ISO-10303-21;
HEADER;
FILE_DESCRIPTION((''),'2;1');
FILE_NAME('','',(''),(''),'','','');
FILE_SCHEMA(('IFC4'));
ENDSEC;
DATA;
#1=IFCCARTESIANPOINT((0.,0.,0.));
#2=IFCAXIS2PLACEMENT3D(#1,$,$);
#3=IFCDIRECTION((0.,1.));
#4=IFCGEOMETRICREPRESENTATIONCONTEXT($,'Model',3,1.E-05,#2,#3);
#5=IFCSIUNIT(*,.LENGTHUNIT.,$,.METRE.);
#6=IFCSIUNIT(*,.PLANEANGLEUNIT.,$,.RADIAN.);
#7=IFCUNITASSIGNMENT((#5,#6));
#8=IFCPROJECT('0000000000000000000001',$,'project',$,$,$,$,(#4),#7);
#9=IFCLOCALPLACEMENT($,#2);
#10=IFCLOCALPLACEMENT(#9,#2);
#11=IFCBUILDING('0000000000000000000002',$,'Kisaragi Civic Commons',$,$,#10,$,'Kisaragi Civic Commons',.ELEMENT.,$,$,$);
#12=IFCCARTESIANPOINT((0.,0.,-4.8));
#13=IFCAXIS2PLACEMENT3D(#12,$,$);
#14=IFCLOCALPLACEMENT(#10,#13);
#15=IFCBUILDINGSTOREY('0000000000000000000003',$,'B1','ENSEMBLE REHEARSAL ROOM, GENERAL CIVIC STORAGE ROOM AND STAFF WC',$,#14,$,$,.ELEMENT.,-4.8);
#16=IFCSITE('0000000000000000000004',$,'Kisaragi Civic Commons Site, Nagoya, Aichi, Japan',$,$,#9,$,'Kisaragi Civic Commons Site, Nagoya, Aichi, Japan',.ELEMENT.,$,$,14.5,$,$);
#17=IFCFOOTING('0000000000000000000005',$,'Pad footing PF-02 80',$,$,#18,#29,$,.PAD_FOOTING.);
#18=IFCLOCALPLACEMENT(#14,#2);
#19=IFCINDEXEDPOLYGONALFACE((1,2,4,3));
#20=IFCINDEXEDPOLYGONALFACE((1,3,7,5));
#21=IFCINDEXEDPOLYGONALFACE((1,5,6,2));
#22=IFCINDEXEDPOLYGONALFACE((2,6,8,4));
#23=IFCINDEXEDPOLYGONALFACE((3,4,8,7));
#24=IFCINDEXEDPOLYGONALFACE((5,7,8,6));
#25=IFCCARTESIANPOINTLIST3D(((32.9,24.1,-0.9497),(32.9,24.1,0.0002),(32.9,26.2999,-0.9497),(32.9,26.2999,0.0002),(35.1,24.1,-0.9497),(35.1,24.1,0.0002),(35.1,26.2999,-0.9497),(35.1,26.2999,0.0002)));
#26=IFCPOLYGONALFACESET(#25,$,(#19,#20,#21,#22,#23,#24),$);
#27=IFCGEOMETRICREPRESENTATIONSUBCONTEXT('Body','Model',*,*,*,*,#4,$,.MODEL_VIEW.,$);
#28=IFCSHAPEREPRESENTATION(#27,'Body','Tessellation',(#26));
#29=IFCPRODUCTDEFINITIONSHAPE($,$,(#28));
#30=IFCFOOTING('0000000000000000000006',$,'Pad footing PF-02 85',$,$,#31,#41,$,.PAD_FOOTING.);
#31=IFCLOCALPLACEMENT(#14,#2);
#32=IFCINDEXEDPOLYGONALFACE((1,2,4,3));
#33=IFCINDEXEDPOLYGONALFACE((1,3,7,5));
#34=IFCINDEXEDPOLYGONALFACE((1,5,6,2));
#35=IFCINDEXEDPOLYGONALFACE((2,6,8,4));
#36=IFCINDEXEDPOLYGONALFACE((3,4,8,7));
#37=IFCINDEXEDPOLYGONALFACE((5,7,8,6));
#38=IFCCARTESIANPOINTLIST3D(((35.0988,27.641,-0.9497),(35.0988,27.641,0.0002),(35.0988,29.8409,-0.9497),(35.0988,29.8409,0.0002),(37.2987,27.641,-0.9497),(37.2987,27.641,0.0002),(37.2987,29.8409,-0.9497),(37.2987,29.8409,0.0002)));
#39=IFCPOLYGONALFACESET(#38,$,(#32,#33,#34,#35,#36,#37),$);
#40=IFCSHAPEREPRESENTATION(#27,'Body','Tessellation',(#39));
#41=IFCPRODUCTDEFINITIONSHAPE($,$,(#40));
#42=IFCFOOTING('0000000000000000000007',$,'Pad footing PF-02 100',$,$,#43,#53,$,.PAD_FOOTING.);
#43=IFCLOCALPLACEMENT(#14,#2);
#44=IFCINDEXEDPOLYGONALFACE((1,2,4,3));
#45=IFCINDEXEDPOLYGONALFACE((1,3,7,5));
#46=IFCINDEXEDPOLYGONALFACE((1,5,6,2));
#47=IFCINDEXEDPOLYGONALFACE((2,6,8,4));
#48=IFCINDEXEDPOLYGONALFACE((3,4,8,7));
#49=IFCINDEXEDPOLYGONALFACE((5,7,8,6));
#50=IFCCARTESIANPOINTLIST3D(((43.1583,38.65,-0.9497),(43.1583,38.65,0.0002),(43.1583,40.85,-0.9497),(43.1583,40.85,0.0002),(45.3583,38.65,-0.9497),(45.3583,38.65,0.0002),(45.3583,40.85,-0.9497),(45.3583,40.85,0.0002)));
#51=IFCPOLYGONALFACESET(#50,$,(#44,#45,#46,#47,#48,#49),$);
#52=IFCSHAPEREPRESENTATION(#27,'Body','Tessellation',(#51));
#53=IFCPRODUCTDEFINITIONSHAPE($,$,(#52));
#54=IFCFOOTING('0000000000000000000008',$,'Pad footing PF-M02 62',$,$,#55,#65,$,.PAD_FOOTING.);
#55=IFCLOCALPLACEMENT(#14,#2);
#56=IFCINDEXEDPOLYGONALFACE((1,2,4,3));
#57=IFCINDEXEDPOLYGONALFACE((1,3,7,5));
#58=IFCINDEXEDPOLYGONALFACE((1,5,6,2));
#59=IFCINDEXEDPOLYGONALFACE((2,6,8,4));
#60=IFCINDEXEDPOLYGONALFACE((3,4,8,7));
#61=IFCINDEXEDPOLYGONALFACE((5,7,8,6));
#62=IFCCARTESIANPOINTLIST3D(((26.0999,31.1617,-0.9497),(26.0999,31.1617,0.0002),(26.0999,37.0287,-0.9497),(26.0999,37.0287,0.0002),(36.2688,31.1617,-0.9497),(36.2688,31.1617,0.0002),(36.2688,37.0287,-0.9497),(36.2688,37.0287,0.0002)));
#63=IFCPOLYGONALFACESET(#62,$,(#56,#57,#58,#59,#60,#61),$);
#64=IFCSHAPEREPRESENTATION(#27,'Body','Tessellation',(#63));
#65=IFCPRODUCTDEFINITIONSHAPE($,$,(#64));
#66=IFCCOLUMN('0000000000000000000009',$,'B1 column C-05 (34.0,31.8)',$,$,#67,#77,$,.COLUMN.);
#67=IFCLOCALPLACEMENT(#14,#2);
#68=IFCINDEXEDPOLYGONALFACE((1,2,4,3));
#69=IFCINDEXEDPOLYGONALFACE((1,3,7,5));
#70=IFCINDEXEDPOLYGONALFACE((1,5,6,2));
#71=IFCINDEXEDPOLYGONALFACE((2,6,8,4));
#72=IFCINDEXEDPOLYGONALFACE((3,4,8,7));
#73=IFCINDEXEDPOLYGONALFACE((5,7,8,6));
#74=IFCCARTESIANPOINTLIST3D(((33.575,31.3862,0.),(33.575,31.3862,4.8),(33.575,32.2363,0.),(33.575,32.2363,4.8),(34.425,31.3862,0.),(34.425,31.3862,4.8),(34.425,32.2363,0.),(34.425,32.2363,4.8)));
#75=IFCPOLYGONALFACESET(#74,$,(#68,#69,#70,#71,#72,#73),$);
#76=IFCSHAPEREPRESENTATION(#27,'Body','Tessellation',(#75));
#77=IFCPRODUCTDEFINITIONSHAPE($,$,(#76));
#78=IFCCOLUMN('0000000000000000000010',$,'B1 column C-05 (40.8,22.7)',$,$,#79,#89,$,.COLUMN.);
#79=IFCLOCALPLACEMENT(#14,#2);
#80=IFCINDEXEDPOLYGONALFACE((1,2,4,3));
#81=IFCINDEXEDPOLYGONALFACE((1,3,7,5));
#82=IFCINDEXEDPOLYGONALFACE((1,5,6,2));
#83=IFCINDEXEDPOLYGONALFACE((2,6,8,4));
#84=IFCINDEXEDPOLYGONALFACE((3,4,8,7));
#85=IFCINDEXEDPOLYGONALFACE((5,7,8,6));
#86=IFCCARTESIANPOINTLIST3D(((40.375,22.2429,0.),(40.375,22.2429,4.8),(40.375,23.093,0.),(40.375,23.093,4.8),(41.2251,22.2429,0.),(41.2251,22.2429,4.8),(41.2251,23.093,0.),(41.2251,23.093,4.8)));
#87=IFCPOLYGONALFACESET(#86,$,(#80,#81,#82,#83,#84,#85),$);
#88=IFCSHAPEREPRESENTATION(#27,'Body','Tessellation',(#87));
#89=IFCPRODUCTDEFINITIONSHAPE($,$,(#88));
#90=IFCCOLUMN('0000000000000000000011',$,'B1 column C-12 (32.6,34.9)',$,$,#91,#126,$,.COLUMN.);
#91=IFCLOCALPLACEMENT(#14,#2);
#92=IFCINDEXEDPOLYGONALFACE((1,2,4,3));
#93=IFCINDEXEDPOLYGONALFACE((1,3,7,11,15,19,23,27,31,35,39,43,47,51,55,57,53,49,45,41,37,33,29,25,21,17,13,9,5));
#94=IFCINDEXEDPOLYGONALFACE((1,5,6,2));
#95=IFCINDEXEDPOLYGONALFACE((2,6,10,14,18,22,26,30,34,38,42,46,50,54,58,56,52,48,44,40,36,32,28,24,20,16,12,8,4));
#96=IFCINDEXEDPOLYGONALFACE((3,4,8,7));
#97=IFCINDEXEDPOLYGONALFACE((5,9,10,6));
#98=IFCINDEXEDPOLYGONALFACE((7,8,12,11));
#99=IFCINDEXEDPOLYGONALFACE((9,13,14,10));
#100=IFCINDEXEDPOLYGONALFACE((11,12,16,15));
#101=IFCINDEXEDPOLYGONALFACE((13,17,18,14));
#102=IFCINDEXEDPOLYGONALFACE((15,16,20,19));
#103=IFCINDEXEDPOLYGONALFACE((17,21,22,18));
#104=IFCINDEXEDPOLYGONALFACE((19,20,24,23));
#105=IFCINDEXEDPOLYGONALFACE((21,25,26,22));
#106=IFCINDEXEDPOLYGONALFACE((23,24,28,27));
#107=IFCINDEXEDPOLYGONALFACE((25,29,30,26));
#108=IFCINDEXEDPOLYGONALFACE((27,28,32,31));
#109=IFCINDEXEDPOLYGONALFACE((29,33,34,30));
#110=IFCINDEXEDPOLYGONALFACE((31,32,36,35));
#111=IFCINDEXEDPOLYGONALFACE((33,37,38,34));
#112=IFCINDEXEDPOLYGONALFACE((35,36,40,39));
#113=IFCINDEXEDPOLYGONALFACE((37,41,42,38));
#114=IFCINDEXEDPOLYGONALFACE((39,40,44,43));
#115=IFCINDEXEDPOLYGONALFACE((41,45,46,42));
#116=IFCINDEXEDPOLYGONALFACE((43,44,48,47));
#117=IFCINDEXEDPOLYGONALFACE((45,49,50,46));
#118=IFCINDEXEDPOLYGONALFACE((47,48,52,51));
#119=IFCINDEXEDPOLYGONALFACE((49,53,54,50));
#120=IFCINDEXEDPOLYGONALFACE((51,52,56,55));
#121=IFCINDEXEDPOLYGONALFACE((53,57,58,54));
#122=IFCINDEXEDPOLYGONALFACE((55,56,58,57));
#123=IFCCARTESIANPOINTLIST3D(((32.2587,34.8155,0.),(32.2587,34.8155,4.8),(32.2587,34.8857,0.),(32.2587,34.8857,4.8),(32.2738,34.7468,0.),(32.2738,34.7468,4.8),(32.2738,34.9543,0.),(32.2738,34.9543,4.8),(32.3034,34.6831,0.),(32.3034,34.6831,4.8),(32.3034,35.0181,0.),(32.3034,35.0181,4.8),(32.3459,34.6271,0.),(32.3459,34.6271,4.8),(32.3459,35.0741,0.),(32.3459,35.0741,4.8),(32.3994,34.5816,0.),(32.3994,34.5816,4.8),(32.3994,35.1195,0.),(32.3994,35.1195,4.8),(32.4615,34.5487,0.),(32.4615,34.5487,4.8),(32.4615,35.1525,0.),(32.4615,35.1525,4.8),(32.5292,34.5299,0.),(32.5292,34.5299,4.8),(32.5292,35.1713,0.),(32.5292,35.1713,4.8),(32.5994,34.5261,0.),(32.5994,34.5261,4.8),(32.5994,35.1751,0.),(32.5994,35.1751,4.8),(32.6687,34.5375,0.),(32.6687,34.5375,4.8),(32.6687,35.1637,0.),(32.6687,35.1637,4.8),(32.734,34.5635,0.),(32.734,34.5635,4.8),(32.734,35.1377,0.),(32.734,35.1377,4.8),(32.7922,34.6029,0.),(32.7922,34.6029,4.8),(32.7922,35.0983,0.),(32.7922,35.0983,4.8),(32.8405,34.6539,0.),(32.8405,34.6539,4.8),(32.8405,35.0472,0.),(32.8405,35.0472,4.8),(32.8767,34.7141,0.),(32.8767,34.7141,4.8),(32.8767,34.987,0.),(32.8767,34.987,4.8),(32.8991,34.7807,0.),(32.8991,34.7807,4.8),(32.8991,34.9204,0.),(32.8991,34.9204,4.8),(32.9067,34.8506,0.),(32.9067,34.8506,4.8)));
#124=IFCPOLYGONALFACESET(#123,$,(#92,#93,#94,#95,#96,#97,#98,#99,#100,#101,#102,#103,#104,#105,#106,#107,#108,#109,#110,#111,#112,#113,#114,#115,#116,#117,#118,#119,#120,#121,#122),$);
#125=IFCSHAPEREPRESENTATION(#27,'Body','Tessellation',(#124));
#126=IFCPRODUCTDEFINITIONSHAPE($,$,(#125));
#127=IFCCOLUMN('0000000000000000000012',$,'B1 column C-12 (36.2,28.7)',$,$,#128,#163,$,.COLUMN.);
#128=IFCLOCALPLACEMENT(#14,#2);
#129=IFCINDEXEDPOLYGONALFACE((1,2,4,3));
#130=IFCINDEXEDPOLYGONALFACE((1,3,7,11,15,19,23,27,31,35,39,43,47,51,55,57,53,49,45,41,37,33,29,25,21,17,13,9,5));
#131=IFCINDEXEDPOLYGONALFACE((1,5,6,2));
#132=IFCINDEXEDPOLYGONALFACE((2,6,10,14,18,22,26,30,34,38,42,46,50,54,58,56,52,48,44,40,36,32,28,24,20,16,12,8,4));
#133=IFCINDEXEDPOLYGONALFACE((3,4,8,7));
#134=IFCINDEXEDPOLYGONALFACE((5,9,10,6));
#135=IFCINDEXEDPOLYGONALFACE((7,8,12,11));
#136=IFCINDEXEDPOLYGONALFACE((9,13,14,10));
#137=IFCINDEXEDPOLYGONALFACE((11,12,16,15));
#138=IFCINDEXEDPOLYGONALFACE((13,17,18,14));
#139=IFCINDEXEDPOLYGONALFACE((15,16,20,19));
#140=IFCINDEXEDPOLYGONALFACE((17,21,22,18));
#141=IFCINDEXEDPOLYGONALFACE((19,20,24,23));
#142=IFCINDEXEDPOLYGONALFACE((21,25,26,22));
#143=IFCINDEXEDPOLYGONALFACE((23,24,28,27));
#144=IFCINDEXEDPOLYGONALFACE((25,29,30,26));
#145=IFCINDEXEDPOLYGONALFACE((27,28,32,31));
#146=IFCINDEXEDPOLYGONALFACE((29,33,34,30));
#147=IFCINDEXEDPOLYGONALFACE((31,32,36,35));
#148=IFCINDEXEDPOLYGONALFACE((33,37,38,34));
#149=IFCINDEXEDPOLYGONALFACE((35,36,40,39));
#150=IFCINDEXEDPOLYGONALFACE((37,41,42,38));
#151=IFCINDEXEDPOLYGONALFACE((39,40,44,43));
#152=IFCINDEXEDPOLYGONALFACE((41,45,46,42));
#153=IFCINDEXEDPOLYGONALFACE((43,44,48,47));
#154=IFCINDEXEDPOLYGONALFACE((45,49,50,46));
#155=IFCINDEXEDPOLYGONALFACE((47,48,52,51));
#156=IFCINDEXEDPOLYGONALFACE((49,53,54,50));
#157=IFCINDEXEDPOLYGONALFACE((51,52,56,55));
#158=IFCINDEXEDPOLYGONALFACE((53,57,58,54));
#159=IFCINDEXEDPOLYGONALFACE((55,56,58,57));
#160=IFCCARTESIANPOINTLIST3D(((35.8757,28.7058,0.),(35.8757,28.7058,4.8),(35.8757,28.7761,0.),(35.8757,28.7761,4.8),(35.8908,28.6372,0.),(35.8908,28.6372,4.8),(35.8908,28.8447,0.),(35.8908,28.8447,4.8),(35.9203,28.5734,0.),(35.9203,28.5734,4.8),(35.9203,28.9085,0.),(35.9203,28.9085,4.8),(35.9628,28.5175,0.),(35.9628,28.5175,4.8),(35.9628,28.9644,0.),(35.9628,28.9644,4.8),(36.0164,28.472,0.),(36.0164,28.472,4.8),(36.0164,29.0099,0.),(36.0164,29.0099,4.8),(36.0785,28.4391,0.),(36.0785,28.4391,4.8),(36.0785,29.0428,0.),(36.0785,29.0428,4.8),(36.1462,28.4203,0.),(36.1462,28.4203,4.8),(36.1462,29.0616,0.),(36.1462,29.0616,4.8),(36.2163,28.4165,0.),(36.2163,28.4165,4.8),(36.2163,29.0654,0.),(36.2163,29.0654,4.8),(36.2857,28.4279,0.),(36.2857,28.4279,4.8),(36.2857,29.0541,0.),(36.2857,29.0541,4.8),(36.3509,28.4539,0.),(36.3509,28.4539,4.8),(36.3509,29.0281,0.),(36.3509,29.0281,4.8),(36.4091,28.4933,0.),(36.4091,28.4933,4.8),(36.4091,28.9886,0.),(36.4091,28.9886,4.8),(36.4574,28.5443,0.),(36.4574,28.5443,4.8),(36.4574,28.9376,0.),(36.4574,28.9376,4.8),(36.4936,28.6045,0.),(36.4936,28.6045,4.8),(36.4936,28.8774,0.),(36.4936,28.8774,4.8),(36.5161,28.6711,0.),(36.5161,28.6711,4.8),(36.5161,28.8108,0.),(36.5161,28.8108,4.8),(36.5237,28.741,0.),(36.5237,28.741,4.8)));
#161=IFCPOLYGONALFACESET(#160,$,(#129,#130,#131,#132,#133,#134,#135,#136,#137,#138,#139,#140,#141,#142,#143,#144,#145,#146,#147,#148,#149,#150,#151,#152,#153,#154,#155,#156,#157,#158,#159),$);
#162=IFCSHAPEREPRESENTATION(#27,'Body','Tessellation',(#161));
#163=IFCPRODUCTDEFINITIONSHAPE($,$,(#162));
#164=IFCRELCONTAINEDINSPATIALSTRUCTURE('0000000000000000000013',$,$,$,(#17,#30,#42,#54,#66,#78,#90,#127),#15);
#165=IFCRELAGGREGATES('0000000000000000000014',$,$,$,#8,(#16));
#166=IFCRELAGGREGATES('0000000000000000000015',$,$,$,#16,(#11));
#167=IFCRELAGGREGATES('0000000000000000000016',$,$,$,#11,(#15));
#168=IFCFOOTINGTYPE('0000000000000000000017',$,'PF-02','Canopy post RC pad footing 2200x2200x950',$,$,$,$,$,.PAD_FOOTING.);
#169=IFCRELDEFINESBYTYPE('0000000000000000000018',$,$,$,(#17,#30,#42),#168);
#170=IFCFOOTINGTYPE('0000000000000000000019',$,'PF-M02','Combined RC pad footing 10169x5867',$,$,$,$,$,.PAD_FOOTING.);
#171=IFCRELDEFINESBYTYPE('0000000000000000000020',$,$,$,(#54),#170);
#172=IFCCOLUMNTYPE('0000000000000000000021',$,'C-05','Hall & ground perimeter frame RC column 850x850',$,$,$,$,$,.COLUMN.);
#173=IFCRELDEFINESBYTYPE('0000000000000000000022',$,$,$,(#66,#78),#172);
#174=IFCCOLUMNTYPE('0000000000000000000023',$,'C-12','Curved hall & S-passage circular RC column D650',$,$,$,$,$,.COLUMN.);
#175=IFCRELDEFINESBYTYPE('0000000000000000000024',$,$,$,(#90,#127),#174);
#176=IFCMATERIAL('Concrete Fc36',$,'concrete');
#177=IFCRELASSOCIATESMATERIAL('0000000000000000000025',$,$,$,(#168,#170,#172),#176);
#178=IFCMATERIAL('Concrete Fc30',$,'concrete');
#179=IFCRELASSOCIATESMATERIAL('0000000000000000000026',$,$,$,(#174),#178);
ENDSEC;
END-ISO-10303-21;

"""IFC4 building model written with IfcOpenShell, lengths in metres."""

from ifc_helpers import new_model, si_unit, direction, frame, origin, origin_2d, place, context, subcontext, project, spatial, rectangle, circle, extrude, material, material_profile, profile_set, type_object, element, save


model = new_model("IFC4")

# Units and contexts
model_context = context("Model", 3, precision=1e-05, world=origin(), true_north=direction((0.0, 1.0)))
body_context = subcontext(model_context, "Body", "Model", "MODEL_VIEW")
ifc_project = project(units=[si_unit("LENGTHUNIT", "METRE"), si_unit("PLANEANGLEUNIT", "RADIAN")], contexts=[model_context])

# Site, building, storey
site_placement = place(None, origin())
site = spatial("IfcSite", under=ifc_project, at=site_placement, Name="Kisaragi Civic Commons Site, Nagoya, Aichi, Japan", LongName="Kisaragi Civic Commons Site, Nagoya, Aichi, Japan", CompositionType="ELEMENT", RefElevation=14.5)
building_placement = place(site_placement, origin())
building = spatial("IfcBuilding", under=site, at=building_placement, Name="Kisaragi Civic Commons", LongName="Kisaragi Civic Commons", CompositionType="ELEMENT")
storey_placement = place(building_placement, frame((0.0, 0.0, -4.8)))
storey = spatial("IfcBuildingStorey", under=building, at=storey_placement, Name="B1", Description="ENSEMBLE REHEARSAL ROOM, GENERAL CIVIC STORAGE ROOM AND STAFF WC", CompositionType="ELEMENT", Elevation=-4.8)

# Footings
ifc_material_1 = material(Name="Concrete Fc36", Category="concrete")
footing_type_1 = type_object("IfcFootingType", Name="PF-02", Description="Canopy post RC pad footing 2200x2200x950", PredefinedType="PAD_FOOTING", material=ifc_material_1)
for number, where, z_axis, x_axis, name in (
    (1, (34.0, 25.2, -0.9497), (0.0, 0.0, 1.0), (1.0, 0.0, 0.0), "Pad footing PF-02 80"),
    (2, (36.1987, 28.741, -0.9497), (0.0, 0.0, 1.0), (1.0, 0.0, 0.0), "Pad footing PF-02 85"),
    (3, (44.2583, 39.75, -0.9497), (0.0, 0.0, 1.0), (1.0, 0.0, 0.0), "Pad footing PF-02 100"),
):
    element("IfcFooting", number, at=place(storey_placement, frame(where, z_axis=z_axis, x_axis=x_axis)), inside=storey, type_object=footing_type_1, Name=name, PredefinedType="PAD_FOOTING", context=body_context, shape_type="SweptSolid", body=[
        extrude(rectangle(XDim=2.2, YDim=2.2, at=origin_2d()), origin(), (0.0, 0.0, 1.0), 0.95),
    ])
footing_type_2 = type_object("IfcFootingType", Name="PF-M02", Description="Combined RC pad footing 10169x5867", PredefinedType="PAD_FOOTING", material=ifc_material_1)
footing_1_placement = place(storey_placement, frame((31.1843, 34.0952, -0.9497), z_axis=(0.0, 0.0, 1.0), x_axis=(1.0, 0.0, 0.0)))
element("IfcFooting", 4, at=footing_1_placement, inside=storey, type_object=footing_type_2, Name="Pad footing PF-M02 62", PredefinedType="PAD_FOOTING", context=body_context, shape_type="SweptSolid", body=[
    extrude(rectangle(XDim=10.1689, YDim=5.8669, at=origin_2d()), origin(), (0.0, 0.0, 1.0), 0.95),
])

# Columns
ifc_material_profile_1 = material_profile(ifc_material_1, rectangle(XDim=0.8501, YDim=0.8501, at=origin_2d()), Name="RC-850x850", Category="concrete")
ifc_profile_set_1 = profile_set([ifc_material_profile_1], Name="Concrete Fc36")
column_type_1 = type_object("IfcColumnType", Name="C-05", Description="Hall & ground perimeter frame RC column 850x850", PredefinedType="COLUMN", material=ifc_profile_set_1)
for number, where, z_axis, x_axis, name in (
    (5, (34.0, 31.8113, 0.0), (0.0, 0.0, 1.0), (1.0, 0.0, 0.0), "B1 column C-05 (34.0,31.8)"),
    (6, (40.8, 22.668, 0.0), (0.0, 0.0, 1.0), (1.0, 0.0, 0.0), "B1 column C-05 (40.8,22.7)"),
):
    element("IfcColumn", number, at=place(storey_placement, frame(where, z_axis=z_axis, x_axis=x_axis)), inside=storey, type_object=column_type_1, Name=name, PredefinedType="COLUMN", context=body_context, shape_type="SweptSolid", body=[
        extrude(rectangle(XDim=0.8501, YDim=0.8501, at=origin_2d()), origin(), (0.0, 0.0, 1.0), 4.8),
    ])
ifc_material_2 = material(Name="Concrete Fc30", Category="concrete")
ifc_material_profile_2 = material_profile(ifc_material_2, circle(Radius=0.325, at=origin_2d()), Name="RC-D650", Category="concrete")
ifc_profile_set_2 = profile_set([ifc_material_profile_2], Name="Concrete Fc30")
column_type_2 = type_object("IfcColumnType", Name="C-12", Description="Curved hall & S-passage circular RC column D650", PredefinedType="COLUMN", material=ifc_profile_set_2)
for number, where, z_axis, x_axis, name in (
    (7, (32.5818, 34.8506, 0.0), (0.0, 0.0, 1.0), (1.0, 0.0, 0.0), "B1 column C-12 (32.6,34.9)"),
    (8, (36.1987, 28.741, 0.0), (0.0, 0.0, 1.0), (1.0, 0.0, 0.0), "B1 column C-12 (36.2,28.7)"),
):
    element("IfcColumn", number, at=place(storey_placement, frame(where, z_axis=z_axis, x_axis=x_axis)), inside=storey, type_object=column_type_2, Name=name, PredefinedType="COLUMN", context=body_context, shape_type="SweptSolid", body=[
        extrude(circle(Radius=0.325, at=origin_2d()), origin(), (0.0, 0.0, 1.0), 4.8),
    ])

save(model, "model.ifc")
